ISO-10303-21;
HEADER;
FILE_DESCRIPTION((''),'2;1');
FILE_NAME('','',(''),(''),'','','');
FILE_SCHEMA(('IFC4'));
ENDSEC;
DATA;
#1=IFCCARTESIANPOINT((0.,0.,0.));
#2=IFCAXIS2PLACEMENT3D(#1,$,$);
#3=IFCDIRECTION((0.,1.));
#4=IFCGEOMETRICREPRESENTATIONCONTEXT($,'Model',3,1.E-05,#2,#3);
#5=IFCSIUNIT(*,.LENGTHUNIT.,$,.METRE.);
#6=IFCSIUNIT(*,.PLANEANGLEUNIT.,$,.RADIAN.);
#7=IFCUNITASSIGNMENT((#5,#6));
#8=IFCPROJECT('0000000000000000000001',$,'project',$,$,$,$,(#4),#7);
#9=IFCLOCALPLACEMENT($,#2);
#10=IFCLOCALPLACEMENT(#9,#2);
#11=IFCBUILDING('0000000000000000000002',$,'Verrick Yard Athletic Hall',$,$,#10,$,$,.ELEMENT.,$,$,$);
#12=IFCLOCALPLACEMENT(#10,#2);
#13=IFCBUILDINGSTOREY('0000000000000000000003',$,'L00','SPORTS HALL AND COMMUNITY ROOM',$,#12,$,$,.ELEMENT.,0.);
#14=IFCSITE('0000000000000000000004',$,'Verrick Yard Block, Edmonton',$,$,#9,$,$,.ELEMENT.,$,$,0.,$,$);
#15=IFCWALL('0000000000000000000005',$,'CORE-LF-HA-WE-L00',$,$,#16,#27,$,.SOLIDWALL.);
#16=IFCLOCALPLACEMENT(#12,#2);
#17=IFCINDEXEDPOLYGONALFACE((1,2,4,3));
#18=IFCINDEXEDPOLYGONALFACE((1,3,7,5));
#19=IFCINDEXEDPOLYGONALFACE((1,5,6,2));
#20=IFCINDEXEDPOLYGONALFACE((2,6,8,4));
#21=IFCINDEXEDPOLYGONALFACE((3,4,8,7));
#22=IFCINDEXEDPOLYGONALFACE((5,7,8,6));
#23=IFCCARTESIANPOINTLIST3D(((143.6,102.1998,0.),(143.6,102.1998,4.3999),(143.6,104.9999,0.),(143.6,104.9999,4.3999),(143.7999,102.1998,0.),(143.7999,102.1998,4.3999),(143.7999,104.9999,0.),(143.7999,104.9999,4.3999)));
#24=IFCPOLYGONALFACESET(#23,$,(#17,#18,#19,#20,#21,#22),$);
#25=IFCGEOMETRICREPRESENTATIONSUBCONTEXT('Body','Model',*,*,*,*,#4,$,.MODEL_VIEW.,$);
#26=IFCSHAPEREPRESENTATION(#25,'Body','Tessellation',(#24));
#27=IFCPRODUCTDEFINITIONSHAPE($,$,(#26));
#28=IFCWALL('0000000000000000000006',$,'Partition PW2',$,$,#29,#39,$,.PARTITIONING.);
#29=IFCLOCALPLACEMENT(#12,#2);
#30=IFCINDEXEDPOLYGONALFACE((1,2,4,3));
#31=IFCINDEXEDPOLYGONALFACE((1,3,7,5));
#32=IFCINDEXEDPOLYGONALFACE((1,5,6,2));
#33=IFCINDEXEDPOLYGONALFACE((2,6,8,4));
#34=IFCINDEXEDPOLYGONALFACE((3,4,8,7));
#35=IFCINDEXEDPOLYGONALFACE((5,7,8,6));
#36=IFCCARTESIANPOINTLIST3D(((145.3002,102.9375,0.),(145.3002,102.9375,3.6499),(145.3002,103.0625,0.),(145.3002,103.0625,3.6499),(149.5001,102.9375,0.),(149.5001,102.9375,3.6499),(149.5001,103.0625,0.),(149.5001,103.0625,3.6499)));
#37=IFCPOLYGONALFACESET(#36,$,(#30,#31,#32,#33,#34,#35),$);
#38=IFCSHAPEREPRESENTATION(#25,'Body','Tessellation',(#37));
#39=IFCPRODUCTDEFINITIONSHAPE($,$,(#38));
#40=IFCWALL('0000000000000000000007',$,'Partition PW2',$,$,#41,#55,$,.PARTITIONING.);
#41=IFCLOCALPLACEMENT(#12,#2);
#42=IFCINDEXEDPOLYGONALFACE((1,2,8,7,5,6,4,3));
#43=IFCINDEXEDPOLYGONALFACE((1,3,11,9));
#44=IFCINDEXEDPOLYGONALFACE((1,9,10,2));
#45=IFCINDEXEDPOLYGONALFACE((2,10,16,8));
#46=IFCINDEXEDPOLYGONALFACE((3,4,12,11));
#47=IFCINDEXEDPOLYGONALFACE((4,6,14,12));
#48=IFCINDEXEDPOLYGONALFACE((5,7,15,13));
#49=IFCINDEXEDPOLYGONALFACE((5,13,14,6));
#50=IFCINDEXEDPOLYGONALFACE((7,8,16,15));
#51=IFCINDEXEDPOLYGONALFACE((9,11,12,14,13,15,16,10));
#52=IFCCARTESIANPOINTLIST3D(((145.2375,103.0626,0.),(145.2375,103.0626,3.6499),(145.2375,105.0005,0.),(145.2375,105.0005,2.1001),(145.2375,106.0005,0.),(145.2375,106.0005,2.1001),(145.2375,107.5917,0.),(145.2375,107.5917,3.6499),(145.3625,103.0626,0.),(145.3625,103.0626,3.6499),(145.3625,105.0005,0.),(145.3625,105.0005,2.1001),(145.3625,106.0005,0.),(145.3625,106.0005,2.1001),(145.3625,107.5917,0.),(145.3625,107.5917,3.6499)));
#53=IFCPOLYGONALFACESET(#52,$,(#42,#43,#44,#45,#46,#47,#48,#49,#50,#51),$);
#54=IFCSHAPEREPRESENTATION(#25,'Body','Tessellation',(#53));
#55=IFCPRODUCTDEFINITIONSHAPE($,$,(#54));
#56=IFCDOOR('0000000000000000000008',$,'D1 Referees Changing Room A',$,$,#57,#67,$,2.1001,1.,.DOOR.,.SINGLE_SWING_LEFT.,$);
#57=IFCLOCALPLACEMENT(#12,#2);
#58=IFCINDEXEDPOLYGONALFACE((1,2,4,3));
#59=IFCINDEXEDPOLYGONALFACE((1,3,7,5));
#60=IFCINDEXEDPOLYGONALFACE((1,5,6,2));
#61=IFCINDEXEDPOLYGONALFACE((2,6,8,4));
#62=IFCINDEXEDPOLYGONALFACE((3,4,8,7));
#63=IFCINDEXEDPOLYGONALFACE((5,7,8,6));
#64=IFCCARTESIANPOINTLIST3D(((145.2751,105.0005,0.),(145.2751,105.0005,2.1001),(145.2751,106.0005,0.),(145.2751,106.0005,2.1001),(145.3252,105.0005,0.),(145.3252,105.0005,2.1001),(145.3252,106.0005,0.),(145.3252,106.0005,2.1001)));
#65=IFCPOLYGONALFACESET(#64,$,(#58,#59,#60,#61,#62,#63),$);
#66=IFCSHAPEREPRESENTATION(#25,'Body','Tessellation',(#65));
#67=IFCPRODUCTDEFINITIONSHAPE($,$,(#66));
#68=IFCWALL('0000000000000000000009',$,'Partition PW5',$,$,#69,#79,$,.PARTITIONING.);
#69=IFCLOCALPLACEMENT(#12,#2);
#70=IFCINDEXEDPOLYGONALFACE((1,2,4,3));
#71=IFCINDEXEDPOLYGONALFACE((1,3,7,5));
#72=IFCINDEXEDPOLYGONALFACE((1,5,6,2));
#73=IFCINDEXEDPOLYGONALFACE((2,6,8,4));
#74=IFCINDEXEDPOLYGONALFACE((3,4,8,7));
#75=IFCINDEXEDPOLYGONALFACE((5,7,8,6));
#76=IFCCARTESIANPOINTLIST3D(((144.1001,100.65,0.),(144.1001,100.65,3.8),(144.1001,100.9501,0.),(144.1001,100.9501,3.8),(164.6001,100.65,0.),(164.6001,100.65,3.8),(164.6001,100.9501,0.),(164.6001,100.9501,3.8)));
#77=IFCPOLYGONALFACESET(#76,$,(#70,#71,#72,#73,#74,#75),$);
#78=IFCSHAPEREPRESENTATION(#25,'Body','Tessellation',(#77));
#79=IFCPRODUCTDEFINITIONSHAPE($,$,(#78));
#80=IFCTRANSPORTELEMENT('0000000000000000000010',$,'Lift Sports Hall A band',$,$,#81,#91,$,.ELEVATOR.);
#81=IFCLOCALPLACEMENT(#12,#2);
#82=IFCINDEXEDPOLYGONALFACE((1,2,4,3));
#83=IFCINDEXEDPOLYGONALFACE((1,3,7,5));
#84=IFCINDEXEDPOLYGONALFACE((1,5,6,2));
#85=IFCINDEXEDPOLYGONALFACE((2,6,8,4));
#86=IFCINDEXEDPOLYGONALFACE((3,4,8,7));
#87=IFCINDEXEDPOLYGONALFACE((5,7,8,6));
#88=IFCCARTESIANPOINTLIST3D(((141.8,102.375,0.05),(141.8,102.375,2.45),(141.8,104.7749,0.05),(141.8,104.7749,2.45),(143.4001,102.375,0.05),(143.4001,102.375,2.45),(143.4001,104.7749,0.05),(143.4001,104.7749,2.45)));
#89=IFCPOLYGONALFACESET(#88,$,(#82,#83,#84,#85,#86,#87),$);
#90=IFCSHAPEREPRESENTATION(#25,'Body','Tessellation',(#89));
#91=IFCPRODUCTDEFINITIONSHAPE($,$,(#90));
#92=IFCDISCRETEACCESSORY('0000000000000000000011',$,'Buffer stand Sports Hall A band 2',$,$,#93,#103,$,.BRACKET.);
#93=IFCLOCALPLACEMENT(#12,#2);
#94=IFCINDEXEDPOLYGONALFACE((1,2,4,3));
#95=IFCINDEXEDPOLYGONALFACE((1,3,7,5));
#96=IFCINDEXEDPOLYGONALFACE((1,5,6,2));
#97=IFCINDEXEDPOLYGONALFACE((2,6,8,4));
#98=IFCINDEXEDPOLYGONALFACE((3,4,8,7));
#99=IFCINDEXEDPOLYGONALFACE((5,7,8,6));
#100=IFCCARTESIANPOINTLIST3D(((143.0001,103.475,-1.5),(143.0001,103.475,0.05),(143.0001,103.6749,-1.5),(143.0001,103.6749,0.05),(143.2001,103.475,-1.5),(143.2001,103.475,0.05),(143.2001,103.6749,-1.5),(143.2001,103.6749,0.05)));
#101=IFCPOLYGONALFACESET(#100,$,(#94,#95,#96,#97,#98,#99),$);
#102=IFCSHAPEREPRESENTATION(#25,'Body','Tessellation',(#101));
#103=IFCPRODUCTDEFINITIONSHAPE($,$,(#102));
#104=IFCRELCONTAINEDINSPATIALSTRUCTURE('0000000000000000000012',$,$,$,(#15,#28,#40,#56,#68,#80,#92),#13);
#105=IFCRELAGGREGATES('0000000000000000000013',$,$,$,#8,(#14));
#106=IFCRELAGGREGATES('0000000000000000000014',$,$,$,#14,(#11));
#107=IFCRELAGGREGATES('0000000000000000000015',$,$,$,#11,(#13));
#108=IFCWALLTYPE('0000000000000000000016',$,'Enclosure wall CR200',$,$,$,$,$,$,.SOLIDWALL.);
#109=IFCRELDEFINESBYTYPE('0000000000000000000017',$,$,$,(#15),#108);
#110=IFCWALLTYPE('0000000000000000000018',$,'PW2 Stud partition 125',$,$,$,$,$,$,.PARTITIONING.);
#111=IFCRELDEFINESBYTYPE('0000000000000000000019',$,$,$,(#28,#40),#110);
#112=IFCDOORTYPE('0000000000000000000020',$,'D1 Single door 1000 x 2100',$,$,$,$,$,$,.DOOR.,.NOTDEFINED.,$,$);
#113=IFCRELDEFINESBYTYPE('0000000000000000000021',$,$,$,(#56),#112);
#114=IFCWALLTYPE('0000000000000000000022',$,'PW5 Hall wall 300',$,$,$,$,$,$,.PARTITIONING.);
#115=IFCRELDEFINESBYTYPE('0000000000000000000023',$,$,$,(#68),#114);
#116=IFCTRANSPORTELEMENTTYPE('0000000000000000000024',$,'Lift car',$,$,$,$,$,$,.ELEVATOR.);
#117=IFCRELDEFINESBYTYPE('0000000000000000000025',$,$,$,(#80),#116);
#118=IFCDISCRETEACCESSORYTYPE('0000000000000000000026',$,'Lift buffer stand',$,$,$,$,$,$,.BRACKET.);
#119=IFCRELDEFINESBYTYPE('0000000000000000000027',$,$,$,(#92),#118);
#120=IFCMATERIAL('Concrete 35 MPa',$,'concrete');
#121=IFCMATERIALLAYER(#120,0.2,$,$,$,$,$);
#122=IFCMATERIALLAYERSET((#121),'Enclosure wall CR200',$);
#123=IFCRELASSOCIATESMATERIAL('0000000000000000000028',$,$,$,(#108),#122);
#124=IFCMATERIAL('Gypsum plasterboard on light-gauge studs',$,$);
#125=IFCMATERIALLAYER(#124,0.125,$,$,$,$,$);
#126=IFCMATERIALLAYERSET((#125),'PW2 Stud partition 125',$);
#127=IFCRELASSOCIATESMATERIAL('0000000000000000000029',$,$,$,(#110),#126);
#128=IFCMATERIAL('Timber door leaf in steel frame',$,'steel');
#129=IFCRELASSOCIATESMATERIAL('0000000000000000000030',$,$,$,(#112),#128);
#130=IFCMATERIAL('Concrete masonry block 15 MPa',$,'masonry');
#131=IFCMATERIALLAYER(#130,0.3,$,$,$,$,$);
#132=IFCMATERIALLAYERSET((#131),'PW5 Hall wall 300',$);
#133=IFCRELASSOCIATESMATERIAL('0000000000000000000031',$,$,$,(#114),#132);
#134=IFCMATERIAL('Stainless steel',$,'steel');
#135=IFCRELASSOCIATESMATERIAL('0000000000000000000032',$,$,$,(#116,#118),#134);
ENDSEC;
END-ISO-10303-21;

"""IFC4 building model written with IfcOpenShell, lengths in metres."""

from ifc_helpers import new_model, si_unit, direction, frame, frame_2d, origin, origin_2d, place, context, subcontext, project, spatial, rectangle, extrude, material, layer, layer_set, type_object, element, fill, save


model = new_model("IFC4")

# Units and contexts
model_context = context("Model", 3, precision=1e-05, world=origin(), true_north=direction((0.0, 1.0)))
body_context = subcontext(model_context, "Body", "Model", "MODEL_VIEW")
ifc_project = project(units=[si_unit("LENGTHUNIT", "METRE"), si_unit("PLANEANGLEUNIT", "RADIAN")], contexts=[model_context])

# Site, building, storey
site_placement = place(None, origin())
site = spatial("IfcSite", under=ifc_project, at=site_placement, Name="Verrick Yard Block, Edmonton", CompositionType="ELEMENT", RefElevation=0.0)
building_placement = place(site_placement, origin())
building = spatial("IfcBuilding", under=site, at=building_placement, Name="Verrick Yard Athletic Hall", CompositionType="ELEMENT")
storey_placement = place(building_placement, origin())
storey = spatial("IfcBuildingStorey", under=building, at=storey_placement, Name="L00", Description="SPORTS HALL AND COMMUNITY ROOM", CompositionType="ELEMENT", Elevation=0.0)

# Shared definitions
ifc_material_1 = material(Name="Concrete 35 MPa", Category="concrete")

# Walls
ifc_layer_1 = layer(ifc_material_1, 0.2)
ifc_layer_set_1 = layer_set([ifc_layer_1], Name="Enclosure wall CR200")
wall_type_1 = type_object("IfcWallType", Name="Enclosure wall CR200", PredefinedType="SOLIDWALL", material=ifc_layer_set_1)
wall_1_placement = place(storey_placement, frame((143.7, 102.2, 0.0), z_axis=(0.0, 0.0, 1.0), x_axis=(0.0, 1.0, 0.0)))
element("IfcWall", 1, at=wall_1_placement, inside=storey, type_object=wall_type_1, Name="CORE-LF-HA-WE-L00", PredefinedType="SOLIDWALL", context=body_context, shape_type="SweptSolid", body=[
    extrude(rectangle(XDim=2.8, YDim=0.2, at=frame_2d((1.3999, 0.0))), origin(), (0.0, 0.0, 1.0), 4.3999),
])
ifc_material_2 = material(Name="Gypsum plasterboard on light-gauge studs")
ifc_layer_2 = layer(ifc_material_2, 0.125)
ifc_layer_set_2 = layer_set([ifc_layer_2], Name="PW2 Stud partition 125")
wall_type_2 = type_object("IfcWallType", Name="PW2 Stud partition 125", PredefinedType="PARTITIONING", material=ifc_layer_set_2)
wall_2_placement = place(storey_placement, frame((145.3, 103.0, 0.0), z_axis=(0.0, 0.0, 1.0), x_axis=(1.0, 0.0, 0.0)))
element("IfcWall", 2, at=wall_2_placement, inside=storey, type_object=wall_type_2, Name="Partition PW2", PredefinedType="PARTITIONING", context=body_context, shape_type="SweptSolid", body=[
    extrude(rectangle(XDim=4.2, YDim=0.125, at=frame_2d((2.1001, 0.0))), origin(), (0.0, 0.0, 1.0), 3.6499),
])

# Wall, opening, door
wall_3_placement = place(storey_placement, frame((145.3, 103.0625, 0.0), z_axis=(0.0, 0.0, 1.0), x_axis=(0.0, 1.0, 0.0)))
wall_3 = element("IfcWall", 3, at=wall_3_placement, inside=storey, type_object=wall_type_2, Name="Partition PW2", PredefinedType="PARTITIONING", context=body_context, shape_type="SweptSolid", body=[
    extrude(rectangle(XDim=4.5291, YDim=0.125, at=frame_2d((2.2646, 0.0))), origin(), (0.0, 0.0, 1.0), 3.6499),
])
opening_placement = place(wall_3_placement, frame((1.938, 0.0, 0.0)))
opening = element("IfcOpeningElement", 4, at=opening_placement, cuts=wall_3, PredefinedType="OPENING", context=body_context, shape_type="SweptSolid", body=[
    extrude(rectangle(XDim=1.0, YDim=2.1001, at=frame_2d((0.5, 1.05))), frame((0.0, 0.0725, 0.0), z_axis=(0.0, -1.0, 0.0), x_axis=(1.0, 0.0, 0.0)), (0.0, 0.0, 1.0), 0.145),
])
ifc_material_3 = material(Name="Timber door leaf in steel frame", Category="steel")
door_type = type_object("IfcDoorType", Name="D1 Single door 1000 x 2100", OperationType="NOTDEFINED", PredefinedType="DOOR", material=ifc_material_3)
door_placement = place(opening_placement, origin())
door = element("IfcDoor", 5, at=door_placement, inside=storey, type_object=door_type, Name="D1 Referees Changing Room A", OperationType="SINGLE_SWING_LEFT", OverallHeight=2.1001, OverallWidth=1.0, PredefinedType="DOOR", context=body_context, shape_type="SweptSolid", body=[
    extrude(rectangle(XDim=1.0, YDim=2.1001, at=frame_2d((0.5, 1.05))), frame((0.0, 0.0249, 0.0), z_axis=(0.0, -1.0, 0.0), x_axis=(1.0, 0.0, 0.0)), (0.0, 0.0, 1.0), 0.05),
])
fill(opening, door)

# Wall
ifc_material_4 = material(Name="Concrete masonry block 15 MPa", Category="masonry")
ifc_layer_3 = layer(ifc_material_4, 0.3)
ifc_layer_set_3 = layer_set([ifc_layer_3], Name="PW5 Hall wall 300")
wall_type_3 = type_object("IfcWallType", Name="PW5 Hall wall 300", PredefinedType="PARTITIONING", material=ifc_layer_set_3)
wall_4_placement = place(storey_placement, frame((144.1001, 100.8, 0.0), z_axis=(0.0, 0.0, 1.0), x_axis=(1.0, 0.0, 0.0)))
element("IfcWall", 6, at=wall_4_placement, inside=storey, type_object=wall_type_3, Name="Partition PW5", PredefinedType="PARTITIONING", context=body_context, shape_type="SweptSolid", body=[
    extrude(rectangle(XDim=20.5, YDim=0.3, at=frame_2d((10.25, 0.0))), origin(), (0.0, 0.0, 1.0), 3.8),
])

# Transport element
ifc_material_5 = material(Name="Stainless steel", Category="steel")
transport_element_type = type_object("IfcTransportElementType", Name="Lift car", PredefinedType="ELEVATOR", material=ifc_material_5)
transport_element_placement = place(storey_placement, frame((142.6001, 103.575, 0.05), z_axis=(0.0, 0.0, 1.0), x_axis=(1.0, 0.0, 0.0)))
element("IfcTransportElement", 7, at=transport_element_placement, inside=storey, type_object=transport_element_type, Name="Lift Sports Hall A band", PredefinedType="ELEVATOR", context=body_context, shape_type="SweptSolid", body=[
    extrude(rectangle(XDim=1.6001, YDim=2.3999, at=origin_2d()), origin(), (0.0, 0.0, 1.0), 2.3999),
])

# Discrete accessory
discrete_accessory_type = type_object("IfcDiscreteAccessoryType", Name="Lift buffer stand", PredefinedType="BRACKET", material=ifc_material_5)
discrete_accessory_placement = place(storey_placement, frame((143.1001, 103.575, -1.5), z_axis=(0.0, 0.0, 1.0), x_axis=(1.0, 0.0, 0.0)))
element("IfcDiscreteAccessory", 8, at=discrete_accessory_placement, inside=storey, type_object=discrete_accessory_type, Name="Buffer stand Sports Hall A band 2", PredefinedType="BRACKET", context=body_context, shape_type="SweptSolid", body=[
    extrude(rectangle(XDim=0.2, YDim=0.2, at=origin_2d()), origin(), (0.0, 0.0, 1.0), 1.55),
])

save(model, "model.ifc")
